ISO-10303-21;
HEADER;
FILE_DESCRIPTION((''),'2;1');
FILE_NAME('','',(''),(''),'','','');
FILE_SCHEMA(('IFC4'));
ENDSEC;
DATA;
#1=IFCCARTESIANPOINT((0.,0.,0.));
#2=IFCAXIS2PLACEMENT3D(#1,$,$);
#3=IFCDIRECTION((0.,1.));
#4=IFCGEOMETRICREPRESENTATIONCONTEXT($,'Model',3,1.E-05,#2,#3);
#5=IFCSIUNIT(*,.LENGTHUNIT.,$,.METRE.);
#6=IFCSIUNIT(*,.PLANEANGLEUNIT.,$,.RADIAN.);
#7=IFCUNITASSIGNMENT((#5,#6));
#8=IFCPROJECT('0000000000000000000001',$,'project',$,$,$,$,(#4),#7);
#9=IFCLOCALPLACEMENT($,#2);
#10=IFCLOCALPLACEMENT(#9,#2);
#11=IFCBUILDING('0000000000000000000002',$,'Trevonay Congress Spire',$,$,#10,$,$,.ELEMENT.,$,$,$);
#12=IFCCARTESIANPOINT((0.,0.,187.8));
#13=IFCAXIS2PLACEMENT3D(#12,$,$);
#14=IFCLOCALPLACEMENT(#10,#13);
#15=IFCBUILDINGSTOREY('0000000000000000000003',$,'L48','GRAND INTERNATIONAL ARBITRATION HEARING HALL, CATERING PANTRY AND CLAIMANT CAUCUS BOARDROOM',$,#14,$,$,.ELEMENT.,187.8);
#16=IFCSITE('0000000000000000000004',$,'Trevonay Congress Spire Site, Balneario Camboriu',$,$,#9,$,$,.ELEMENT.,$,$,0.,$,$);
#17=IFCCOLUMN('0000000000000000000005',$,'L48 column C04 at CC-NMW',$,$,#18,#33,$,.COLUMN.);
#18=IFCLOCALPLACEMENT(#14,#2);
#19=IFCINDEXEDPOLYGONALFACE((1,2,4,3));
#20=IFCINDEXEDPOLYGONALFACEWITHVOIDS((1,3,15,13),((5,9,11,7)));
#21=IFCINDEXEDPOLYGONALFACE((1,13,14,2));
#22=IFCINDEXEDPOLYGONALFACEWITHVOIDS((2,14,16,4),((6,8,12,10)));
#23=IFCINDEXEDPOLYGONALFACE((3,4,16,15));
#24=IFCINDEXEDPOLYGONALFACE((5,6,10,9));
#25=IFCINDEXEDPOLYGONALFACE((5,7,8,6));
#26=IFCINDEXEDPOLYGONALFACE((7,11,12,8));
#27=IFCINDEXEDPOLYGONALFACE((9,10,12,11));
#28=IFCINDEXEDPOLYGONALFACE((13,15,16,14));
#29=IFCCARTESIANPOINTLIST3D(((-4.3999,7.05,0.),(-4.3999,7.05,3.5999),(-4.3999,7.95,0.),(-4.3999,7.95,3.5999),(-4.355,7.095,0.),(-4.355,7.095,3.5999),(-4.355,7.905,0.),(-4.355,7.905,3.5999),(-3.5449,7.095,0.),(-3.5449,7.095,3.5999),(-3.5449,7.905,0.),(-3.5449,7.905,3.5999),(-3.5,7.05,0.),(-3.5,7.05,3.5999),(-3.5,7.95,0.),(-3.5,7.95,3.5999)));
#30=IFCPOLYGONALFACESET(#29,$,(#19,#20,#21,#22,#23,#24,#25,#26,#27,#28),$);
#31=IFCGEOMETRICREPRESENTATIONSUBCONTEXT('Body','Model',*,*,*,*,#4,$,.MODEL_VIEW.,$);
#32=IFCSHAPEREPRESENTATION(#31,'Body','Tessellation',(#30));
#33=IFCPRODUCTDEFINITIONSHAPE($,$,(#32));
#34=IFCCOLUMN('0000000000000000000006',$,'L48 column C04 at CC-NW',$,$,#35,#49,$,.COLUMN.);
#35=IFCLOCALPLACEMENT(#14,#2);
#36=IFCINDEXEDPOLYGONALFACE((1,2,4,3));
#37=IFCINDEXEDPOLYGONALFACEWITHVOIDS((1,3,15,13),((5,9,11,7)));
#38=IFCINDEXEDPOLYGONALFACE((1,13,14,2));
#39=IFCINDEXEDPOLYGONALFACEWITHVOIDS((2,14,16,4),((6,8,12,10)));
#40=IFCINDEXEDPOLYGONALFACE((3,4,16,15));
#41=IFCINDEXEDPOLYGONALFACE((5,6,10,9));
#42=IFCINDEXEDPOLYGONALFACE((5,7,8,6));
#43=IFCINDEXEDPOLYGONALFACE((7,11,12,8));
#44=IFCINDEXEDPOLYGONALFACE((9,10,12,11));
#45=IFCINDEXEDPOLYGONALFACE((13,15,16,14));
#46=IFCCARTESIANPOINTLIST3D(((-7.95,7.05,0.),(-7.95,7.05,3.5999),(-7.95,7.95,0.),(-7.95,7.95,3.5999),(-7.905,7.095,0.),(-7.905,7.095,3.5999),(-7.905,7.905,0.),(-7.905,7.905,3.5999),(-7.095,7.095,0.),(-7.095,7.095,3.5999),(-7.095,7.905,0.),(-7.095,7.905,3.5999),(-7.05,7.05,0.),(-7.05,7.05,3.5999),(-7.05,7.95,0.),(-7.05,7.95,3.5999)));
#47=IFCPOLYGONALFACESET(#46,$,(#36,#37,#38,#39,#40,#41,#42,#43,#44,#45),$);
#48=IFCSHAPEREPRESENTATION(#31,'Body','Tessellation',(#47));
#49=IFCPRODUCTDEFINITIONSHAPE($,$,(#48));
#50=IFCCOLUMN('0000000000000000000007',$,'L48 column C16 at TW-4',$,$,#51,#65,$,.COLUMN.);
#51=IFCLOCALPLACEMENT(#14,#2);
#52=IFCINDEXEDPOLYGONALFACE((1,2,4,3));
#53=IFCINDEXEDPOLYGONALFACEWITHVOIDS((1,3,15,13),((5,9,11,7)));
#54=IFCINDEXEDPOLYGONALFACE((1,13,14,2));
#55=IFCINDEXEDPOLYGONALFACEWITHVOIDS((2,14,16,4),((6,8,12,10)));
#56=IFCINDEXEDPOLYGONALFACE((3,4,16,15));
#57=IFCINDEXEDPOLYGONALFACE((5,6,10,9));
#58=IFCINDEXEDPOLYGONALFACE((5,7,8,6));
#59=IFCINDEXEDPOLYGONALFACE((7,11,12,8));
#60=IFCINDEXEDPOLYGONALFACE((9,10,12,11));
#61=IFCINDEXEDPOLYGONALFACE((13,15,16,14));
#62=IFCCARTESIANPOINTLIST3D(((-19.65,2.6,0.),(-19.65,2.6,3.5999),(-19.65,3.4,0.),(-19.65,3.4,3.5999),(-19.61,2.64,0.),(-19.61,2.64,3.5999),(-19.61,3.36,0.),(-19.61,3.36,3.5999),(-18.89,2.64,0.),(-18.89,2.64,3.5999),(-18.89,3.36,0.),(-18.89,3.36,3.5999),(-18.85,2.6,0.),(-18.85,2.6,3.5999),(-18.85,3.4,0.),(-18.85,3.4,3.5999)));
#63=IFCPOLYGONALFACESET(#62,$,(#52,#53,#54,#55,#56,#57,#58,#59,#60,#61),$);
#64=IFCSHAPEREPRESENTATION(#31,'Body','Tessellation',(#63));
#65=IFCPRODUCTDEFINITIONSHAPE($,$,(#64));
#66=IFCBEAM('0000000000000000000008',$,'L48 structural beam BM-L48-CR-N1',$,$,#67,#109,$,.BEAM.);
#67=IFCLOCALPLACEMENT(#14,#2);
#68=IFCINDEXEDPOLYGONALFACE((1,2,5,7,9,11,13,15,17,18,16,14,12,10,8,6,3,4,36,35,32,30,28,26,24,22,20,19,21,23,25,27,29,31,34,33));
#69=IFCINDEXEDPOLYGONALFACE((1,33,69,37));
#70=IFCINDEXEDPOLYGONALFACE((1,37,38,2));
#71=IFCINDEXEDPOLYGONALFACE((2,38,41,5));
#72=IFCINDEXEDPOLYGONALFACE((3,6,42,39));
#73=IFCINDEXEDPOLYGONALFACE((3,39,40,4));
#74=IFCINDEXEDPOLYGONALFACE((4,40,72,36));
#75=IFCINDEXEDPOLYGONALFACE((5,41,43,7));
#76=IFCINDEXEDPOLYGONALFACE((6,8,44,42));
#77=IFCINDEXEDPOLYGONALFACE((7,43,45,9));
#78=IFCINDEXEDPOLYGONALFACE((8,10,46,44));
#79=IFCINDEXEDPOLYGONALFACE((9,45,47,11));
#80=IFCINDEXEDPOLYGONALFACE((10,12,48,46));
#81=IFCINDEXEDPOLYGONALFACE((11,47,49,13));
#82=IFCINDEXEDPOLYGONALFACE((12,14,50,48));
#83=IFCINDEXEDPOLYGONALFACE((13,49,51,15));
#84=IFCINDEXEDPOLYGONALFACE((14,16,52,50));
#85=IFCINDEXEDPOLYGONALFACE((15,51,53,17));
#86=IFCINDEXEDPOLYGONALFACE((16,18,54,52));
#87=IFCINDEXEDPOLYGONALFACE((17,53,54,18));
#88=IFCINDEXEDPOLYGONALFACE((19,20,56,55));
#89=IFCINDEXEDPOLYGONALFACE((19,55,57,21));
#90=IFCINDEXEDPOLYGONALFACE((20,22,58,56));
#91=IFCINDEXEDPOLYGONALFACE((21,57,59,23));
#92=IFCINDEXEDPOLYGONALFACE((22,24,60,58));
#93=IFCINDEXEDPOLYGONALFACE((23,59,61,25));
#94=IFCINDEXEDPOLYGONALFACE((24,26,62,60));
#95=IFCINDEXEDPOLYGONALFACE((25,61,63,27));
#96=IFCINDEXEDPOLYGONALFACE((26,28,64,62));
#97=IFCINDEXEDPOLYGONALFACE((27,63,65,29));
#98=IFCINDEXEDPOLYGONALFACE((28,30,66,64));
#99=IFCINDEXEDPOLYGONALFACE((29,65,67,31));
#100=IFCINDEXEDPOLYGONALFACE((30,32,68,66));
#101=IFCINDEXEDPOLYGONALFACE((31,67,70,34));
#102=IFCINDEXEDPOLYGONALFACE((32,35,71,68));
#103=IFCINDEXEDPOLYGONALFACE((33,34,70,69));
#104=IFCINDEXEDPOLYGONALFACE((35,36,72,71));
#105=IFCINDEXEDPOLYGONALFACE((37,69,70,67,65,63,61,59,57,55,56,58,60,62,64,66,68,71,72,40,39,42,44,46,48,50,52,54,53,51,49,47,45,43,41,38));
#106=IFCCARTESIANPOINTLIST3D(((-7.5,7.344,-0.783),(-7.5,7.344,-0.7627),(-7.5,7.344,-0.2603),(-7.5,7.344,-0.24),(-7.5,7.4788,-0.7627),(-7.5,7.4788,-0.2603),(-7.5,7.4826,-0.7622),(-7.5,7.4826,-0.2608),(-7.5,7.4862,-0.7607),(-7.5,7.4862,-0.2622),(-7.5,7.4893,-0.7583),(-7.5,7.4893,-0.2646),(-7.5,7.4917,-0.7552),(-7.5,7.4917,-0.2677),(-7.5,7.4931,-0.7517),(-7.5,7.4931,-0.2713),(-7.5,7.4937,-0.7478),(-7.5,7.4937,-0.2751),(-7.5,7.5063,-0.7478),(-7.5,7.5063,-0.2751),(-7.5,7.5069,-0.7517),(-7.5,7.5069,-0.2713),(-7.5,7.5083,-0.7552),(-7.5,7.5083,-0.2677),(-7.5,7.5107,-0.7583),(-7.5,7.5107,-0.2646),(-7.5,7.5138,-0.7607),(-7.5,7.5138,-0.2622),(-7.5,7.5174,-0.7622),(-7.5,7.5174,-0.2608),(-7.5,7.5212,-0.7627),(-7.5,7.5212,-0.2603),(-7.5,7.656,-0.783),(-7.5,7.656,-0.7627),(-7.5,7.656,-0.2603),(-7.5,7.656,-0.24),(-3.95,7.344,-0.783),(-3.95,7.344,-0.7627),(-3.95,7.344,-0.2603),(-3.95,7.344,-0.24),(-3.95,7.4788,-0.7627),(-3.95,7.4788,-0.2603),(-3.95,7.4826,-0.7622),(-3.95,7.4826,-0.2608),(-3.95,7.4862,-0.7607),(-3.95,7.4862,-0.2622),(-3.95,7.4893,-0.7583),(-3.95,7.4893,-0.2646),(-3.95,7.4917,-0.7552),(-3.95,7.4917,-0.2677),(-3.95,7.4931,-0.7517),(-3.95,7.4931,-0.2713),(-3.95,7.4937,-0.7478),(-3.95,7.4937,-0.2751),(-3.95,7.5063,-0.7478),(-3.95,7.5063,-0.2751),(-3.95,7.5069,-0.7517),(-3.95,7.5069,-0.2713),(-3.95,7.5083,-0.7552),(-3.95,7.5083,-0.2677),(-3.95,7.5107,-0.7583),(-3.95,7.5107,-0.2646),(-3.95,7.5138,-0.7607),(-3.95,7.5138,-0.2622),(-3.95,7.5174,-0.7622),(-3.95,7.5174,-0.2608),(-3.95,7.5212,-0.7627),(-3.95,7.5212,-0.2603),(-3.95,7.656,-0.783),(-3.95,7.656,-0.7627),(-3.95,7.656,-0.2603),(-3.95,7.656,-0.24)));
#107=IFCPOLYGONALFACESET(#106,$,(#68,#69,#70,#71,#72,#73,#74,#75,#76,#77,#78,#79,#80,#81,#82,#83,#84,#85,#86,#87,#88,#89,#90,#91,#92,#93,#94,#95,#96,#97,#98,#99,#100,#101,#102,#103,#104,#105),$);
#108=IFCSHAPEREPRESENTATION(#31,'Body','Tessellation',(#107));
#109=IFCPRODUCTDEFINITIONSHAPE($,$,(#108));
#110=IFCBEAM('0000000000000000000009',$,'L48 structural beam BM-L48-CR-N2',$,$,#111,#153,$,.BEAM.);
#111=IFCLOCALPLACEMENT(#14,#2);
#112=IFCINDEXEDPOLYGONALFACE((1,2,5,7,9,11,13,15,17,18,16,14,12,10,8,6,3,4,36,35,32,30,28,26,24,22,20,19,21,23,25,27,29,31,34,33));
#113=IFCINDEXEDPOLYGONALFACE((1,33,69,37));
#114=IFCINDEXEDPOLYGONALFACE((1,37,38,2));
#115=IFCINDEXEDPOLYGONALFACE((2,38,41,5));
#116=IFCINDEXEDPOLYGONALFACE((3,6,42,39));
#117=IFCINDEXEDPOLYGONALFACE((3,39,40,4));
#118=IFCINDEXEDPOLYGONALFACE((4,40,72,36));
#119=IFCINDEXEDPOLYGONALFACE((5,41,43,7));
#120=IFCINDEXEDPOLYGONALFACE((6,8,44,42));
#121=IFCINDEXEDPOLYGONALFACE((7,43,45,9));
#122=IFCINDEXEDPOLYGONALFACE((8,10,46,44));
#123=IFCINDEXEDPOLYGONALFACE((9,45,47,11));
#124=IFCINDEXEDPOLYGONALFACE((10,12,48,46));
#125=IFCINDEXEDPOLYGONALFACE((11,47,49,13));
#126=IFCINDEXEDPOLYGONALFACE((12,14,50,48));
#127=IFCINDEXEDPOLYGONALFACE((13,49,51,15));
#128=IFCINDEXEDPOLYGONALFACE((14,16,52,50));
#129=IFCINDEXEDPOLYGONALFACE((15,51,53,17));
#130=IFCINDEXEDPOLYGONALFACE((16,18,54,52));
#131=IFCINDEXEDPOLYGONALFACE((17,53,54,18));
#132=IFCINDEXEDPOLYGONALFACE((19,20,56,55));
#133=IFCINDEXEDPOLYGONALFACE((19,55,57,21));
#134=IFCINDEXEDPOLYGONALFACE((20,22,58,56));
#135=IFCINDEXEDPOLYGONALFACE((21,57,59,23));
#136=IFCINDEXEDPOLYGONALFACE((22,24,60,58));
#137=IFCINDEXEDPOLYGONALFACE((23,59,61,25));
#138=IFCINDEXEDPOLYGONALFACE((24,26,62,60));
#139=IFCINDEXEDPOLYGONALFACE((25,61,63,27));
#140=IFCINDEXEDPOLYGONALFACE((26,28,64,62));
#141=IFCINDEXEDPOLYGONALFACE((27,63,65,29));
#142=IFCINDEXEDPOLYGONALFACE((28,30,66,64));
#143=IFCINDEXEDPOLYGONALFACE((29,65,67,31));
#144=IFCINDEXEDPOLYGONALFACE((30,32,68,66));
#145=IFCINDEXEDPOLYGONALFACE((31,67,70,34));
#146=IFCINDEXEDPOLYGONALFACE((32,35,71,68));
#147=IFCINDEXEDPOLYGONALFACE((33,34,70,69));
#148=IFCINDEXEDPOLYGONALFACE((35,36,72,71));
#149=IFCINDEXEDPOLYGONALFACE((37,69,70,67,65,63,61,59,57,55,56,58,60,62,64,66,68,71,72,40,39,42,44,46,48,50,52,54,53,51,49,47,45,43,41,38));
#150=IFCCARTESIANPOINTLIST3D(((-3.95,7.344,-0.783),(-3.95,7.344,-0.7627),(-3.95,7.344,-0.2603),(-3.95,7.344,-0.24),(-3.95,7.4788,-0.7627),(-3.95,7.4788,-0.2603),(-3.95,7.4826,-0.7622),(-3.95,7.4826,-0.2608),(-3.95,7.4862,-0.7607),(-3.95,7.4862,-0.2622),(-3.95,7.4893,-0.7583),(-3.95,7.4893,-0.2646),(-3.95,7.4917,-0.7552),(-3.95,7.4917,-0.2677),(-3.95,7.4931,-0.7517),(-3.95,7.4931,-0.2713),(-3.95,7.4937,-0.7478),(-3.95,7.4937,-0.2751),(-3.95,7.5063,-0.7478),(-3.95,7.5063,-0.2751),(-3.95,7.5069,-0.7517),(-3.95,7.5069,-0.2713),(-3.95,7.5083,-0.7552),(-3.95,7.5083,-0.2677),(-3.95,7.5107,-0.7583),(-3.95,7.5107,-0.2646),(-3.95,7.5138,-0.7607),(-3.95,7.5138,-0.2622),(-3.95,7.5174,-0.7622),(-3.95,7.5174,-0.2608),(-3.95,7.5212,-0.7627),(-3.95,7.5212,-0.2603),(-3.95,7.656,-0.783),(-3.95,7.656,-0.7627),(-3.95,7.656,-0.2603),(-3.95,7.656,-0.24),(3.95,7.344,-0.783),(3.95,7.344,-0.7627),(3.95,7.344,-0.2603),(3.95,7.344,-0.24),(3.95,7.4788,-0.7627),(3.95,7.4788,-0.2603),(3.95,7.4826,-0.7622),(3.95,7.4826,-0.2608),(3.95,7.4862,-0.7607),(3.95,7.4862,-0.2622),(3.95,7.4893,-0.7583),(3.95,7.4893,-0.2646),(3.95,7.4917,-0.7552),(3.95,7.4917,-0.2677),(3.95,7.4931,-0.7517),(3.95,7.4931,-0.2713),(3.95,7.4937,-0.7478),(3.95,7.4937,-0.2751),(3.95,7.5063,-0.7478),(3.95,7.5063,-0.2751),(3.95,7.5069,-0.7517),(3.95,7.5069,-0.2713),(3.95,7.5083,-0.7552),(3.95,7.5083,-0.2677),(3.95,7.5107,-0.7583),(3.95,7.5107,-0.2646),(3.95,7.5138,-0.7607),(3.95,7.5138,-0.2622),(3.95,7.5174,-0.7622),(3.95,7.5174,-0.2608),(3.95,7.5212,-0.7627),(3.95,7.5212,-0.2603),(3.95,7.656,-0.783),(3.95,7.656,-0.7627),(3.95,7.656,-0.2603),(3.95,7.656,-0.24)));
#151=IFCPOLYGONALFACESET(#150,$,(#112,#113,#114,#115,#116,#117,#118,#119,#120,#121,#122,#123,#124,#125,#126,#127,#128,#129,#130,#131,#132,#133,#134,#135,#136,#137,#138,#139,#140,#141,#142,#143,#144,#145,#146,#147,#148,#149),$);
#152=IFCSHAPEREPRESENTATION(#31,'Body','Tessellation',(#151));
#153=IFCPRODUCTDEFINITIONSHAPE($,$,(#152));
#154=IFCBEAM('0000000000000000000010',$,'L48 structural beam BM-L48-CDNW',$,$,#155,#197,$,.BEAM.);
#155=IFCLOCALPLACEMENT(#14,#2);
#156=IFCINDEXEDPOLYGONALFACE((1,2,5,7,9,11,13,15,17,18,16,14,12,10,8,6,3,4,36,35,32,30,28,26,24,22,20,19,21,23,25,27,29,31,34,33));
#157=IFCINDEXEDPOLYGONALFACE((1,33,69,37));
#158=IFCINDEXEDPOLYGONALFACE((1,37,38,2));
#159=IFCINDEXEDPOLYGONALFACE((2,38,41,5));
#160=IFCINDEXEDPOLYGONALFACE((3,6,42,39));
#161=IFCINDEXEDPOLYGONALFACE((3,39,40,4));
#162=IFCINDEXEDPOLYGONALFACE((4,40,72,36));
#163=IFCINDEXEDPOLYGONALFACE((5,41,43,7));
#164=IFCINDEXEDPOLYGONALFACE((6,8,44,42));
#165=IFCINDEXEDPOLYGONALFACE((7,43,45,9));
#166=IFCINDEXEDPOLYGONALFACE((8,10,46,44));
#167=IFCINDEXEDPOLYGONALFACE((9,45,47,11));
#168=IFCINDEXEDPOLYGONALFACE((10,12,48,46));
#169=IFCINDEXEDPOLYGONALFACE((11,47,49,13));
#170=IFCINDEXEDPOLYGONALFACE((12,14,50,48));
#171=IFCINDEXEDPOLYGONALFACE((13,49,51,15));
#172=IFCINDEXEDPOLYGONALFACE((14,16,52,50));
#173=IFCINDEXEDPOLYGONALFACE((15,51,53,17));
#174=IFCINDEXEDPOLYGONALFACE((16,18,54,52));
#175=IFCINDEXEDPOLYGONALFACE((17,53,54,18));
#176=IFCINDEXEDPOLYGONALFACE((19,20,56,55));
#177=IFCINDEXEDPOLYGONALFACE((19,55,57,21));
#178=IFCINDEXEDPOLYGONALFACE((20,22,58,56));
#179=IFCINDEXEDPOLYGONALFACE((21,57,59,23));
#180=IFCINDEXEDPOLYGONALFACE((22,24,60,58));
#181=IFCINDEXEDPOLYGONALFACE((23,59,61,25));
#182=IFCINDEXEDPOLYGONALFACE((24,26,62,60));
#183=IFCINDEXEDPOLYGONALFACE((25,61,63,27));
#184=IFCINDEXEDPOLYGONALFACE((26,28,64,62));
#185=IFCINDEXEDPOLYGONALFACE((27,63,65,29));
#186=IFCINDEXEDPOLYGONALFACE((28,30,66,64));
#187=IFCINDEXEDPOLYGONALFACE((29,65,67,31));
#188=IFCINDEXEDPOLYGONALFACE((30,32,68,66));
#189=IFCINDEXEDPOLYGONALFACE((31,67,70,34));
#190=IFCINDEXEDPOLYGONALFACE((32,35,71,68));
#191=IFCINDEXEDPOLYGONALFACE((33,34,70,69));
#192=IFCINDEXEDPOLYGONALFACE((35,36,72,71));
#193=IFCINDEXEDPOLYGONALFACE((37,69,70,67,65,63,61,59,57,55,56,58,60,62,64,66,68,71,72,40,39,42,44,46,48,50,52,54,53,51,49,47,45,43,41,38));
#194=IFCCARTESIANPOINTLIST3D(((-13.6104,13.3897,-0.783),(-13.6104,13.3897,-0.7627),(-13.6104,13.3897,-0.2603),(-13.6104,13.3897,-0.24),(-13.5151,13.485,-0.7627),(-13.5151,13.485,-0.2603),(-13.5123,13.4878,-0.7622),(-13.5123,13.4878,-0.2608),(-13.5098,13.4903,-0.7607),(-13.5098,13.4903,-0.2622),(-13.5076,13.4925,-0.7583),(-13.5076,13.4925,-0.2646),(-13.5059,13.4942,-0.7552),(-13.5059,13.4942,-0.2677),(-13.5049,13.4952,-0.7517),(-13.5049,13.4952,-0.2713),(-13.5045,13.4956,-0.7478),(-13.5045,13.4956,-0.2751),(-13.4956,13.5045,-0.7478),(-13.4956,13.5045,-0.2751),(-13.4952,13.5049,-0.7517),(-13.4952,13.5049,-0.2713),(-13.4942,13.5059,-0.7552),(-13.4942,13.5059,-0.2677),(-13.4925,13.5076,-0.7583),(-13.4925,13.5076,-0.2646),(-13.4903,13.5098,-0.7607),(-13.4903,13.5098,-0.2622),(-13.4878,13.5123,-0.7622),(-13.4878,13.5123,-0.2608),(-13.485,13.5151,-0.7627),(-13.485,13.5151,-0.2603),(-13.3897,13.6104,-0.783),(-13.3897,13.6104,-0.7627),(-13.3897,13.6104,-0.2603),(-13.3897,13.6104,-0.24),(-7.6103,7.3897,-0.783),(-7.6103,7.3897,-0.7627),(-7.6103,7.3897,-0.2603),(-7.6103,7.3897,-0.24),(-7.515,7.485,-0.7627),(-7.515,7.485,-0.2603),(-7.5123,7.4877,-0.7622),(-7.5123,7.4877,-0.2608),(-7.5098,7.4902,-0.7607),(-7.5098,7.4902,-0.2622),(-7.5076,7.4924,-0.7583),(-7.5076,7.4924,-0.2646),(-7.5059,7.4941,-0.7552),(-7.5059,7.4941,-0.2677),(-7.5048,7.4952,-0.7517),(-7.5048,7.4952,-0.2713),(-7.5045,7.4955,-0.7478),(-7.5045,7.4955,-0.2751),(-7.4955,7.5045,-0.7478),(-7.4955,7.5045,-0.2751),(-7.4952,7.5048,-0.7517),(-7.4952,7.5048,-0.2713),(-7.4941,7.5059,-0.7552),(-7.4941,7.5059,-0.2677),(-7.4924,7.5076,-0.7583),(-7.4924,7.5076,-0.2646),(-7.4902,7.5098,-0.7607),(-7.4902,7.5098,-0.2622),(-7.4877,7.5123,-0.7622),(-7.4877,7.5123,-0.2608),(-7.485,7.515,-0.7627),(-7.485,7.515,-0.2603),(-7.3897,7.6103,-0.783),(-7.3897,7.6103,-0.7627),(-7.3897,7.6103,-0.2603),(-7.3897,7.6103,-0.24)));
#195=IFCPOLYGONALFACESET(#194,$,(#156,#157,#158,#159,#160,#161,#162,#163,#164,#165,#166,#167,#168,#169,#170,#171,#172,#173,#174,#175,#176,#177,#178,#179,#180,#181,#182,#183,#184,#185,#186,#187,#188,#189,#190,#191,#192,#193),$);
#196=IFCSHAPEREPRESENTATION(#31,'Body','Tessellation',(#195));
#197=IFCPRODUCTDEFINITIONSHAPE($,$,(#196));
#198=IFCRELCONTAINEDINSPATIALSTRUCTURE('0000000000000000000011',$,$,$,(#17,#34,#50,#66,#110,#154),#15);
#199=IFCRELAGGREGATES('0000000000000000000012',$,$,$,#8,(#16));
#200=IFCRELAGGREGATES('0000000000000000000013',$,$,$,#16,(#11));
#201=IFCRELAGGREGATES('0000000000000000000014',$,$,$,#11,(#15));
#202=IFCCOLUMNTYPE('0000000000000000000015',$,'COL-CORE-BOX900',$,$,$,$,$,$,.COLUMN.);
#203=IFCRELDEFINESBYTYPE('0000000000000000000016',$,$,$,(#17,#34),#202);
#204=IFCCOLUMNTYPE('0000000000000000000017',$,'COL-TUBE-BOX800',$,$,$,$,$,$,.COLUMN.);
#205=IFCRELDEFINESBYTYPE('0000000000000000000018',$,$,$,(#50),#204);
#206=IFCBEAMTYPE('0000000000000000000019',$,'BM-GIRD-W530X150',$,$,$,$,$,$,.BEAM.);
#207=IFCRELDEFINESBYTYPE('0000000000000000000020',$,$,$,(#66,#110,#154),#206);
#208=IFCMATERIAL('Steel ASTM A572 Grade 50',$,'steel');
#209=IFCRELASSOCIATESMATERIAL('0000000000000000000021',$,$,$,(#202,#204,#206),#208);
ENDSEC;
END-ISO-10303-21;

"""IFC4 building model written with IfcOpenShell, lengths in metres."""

from ifc_helpers import new_model, si_unit, direction, frame, origin, origin_2d, place, context, subcontext, project, spatial, hollow_rectangle, i_section, extrude, material, material_profile, profile_set, type_object, element, save


model = new_model("IFC4")

# Units and contexts
model_context = context("Model", 3, precision=1e-05, world=origin(), true_north=direction((0.0, 1.0)))
body_context = subcontext(model_context, "Body", "Model", "MODEL_VIEW")
ifc_project = project(units=[si_unit("LENGTHUNIT", "METRE"), si_unit("PLANEANGLEUNIT", "RADIAN")], contexts=[model_context])

# Site, building, storey
site_placement = place(None, origin())
site = spatial("IfcSite", under=ifc_project, at=site_placement, Name="Trevonay Congress Spire Site, Balneario Camboriu", CompositionType="ELEMENT", RefElevation=0.0)
building_placement = place(site_placement, origin())
building = spatial("IfcBuilding", under=site, at=building_placement, Name="Trevonay Congress Spire", CompositionType="ELEMENT")
storey_placement = place(building_placement, frame((0.0, 0.0, 187.8)))
storey = spatial("IfcBuildingStorey", under=building, at=storey_placement, Name="L48", Description="GRAND INTERNATIONAL ARBITRATION HEARING HALL, CATERING PANTRY AND CLAIMANT CAUCUS BOARDROOM", CompositionType="ELEMENT", Elevation=187.8)

# Columns
ifc_material_1 = material(Name="Steel ASTM A572 Grade 50", Category="steel")
ifc_material_profile_1 = material_profile(ifc_material_1, hollow_rectangle(XDim=0.8999, YDim=0.8999, WallThickness=0.0449, at=origin_2d()), Name="BOX 900x900x45")
ifc_profile_set_1 = profile_set([ifc_material_profile_1], Name="Steel ASTM A572 Grade 50")
column_type_1 = type_object("IfcColumnType", Name="COL-CORE-BOX900", PredefinedType="COLUMN", material=ifc_profile_set_1)
for number, where, z_axis, x_axis, name in (
    (1, (-3.95, 7.5, 0.0), (0.0, 0.0, 1.0), (1.0, 0.0, 0.0), "L48 column C04 at CC-NMW"),
    (2, (-7.5, 7.5, 0.0), (0.0, 0.0, 1.0), (1.0, 0.0, 0.0), "L48 column C04 at CC-NW"),
):
    element("IfcColumn", number, at=place(storey_placement, frame(where, z_axis=z_axis, x_axis=x_axis)), inside=storey, type_object=column_type_1, Name=name, PredefinedType="COLUMN", context=body_context, shape_type="SweptSolid", body=[
        extrude(hollow_rectangle(XDim=0.8999, YDim=0.8999, WallThickness=0.0449, at=origin_2d()), origin(), (0.0, 0.0, 1.0), 3.5999),
    ])
ifc_material_profile_2 = material_profile(ifc_material_1, hollow_rectangle(XDim=0.8, YDim=0.8, WallThickness=0.04, at=origin_2d()), Name="BOX 800x800x40")
ifc_profile_set_2 = profile_set([ifc_material_profile_2], Name="Steel ASTM A572 Grade 50")
column_type_2 = type_object("IfcColumnType", Name="COL-TUBE-BOX800", PredefinedType="COLUMN", material=ifc_profile_set_2)
column_placement = place(storey_placement, frame((-19.25, 3.0, 0.0), z_axis=(0.0, 0.0, 1.0), x_axis=(1.0, 0.0, 0.0)))
element("IfcColumn", 3, at=column_placement, inside=storey, type_object=column_type_2, Name="L48 column C16 at TW-4", PredefinedType="COLUMN", context=body_context, shape_type="SweptSolid", body=[
    extrude(hollow_rectangle(XDim=0.8, YDim=0.8, WallThickness=0.04, at=origin_2d()), origin(), (0.0, 0.0, 1.0), 3.5999),
])

# Beams
ifc_material_profile_3 = material_profile(ifc_material_1, i_section(OverallWidth=0.312, OverallDepth=0.543, WebThickness=0.0127, FlangeThickness=0.0203, FilletRadius=0.0149, at=origin_2d()), Name="W530x150")
ifc_profile_set_3 = profile_set([ifc_material_profile_3], Name="Steel ASTM A572 Grade 50")
beam_type_1 = type_object("IfcBeamType", Name="BM-GIRD-W530X150", PredefinedType="BEAM", material=ifc_profile_set_3)
beam_1_placement = place(storey_placement, frame((-7.5, 7.5, -0.5115), z_axis=(1.0, 0.0, 0.0), x_axis=(0.0, 1.0, 0.0)))
element("IfcBeam", 4, at=beam_1_placement, inside=storey, type_object=beam_type_1, Name="L48 structural beam BM-L48-CR-N1", PredefinedType="BEAM", context=body_context, shape_type="SweptSolid", body=[
    extrude(i_section(OverallWidth=0.312, OverallDepth=0.543, WebThickness=0.0127, FlangeThickness=0.0203, FilletRadius=0.0149, at=origin_2d()), origin(), (0.0, 0.0, 1.0), 3.55),
])
beam_2_placement = place(storey_placement, frame((-3.95, 7.5, -0.5115), z_axis=(1.0, 0.0, 0.0), x_axis=(0.0, 1.0, 0.0)))
element("IfcBeam", 5, at=beam_2_placement, inside=storey, type_object=beam_type_1, Name="L48 structural beam BM-L48-CR-N2", PredefinedType="BEAM", context=body_context, shape_type="SweptSolid", body=[
    extrude(i_section(OverallWidth=0.312, OverallDepth=0.543, WebThickness=0.0127, FlangeThickness=0.0203, FilletRadius=0.0149, at=origin_2d()), origin(), (0.0, 0.0, 1.0), 7.8999),
])
beam_3_placement = place(storey_placement, frame((-7.5, 7.5, -0.5115), z_axis=(-0.707107, 0.707107, 0.0), x_axis=(-0.707107, -0.707107, 0.0)))
element("IfcBeam", 6, at=beam_3_placement, inside=storey, type_object=beam_type_1, Name="L48 structural beam BM-L48-CDNW", PredefinedType="BEAM", context=body_context, shape_type="SweptSolid", body=[
    extrude(i_section(OverallWidth=0.312, OverallDepth=0.543, WebThickness=0.0127, FlangeThickness=0.0203, FilletRadius=0.0149, at=origin_2d()), origin(), (0.0, 0.0, 1.0), 8.4854),
])

save(model, "model.ifc")
